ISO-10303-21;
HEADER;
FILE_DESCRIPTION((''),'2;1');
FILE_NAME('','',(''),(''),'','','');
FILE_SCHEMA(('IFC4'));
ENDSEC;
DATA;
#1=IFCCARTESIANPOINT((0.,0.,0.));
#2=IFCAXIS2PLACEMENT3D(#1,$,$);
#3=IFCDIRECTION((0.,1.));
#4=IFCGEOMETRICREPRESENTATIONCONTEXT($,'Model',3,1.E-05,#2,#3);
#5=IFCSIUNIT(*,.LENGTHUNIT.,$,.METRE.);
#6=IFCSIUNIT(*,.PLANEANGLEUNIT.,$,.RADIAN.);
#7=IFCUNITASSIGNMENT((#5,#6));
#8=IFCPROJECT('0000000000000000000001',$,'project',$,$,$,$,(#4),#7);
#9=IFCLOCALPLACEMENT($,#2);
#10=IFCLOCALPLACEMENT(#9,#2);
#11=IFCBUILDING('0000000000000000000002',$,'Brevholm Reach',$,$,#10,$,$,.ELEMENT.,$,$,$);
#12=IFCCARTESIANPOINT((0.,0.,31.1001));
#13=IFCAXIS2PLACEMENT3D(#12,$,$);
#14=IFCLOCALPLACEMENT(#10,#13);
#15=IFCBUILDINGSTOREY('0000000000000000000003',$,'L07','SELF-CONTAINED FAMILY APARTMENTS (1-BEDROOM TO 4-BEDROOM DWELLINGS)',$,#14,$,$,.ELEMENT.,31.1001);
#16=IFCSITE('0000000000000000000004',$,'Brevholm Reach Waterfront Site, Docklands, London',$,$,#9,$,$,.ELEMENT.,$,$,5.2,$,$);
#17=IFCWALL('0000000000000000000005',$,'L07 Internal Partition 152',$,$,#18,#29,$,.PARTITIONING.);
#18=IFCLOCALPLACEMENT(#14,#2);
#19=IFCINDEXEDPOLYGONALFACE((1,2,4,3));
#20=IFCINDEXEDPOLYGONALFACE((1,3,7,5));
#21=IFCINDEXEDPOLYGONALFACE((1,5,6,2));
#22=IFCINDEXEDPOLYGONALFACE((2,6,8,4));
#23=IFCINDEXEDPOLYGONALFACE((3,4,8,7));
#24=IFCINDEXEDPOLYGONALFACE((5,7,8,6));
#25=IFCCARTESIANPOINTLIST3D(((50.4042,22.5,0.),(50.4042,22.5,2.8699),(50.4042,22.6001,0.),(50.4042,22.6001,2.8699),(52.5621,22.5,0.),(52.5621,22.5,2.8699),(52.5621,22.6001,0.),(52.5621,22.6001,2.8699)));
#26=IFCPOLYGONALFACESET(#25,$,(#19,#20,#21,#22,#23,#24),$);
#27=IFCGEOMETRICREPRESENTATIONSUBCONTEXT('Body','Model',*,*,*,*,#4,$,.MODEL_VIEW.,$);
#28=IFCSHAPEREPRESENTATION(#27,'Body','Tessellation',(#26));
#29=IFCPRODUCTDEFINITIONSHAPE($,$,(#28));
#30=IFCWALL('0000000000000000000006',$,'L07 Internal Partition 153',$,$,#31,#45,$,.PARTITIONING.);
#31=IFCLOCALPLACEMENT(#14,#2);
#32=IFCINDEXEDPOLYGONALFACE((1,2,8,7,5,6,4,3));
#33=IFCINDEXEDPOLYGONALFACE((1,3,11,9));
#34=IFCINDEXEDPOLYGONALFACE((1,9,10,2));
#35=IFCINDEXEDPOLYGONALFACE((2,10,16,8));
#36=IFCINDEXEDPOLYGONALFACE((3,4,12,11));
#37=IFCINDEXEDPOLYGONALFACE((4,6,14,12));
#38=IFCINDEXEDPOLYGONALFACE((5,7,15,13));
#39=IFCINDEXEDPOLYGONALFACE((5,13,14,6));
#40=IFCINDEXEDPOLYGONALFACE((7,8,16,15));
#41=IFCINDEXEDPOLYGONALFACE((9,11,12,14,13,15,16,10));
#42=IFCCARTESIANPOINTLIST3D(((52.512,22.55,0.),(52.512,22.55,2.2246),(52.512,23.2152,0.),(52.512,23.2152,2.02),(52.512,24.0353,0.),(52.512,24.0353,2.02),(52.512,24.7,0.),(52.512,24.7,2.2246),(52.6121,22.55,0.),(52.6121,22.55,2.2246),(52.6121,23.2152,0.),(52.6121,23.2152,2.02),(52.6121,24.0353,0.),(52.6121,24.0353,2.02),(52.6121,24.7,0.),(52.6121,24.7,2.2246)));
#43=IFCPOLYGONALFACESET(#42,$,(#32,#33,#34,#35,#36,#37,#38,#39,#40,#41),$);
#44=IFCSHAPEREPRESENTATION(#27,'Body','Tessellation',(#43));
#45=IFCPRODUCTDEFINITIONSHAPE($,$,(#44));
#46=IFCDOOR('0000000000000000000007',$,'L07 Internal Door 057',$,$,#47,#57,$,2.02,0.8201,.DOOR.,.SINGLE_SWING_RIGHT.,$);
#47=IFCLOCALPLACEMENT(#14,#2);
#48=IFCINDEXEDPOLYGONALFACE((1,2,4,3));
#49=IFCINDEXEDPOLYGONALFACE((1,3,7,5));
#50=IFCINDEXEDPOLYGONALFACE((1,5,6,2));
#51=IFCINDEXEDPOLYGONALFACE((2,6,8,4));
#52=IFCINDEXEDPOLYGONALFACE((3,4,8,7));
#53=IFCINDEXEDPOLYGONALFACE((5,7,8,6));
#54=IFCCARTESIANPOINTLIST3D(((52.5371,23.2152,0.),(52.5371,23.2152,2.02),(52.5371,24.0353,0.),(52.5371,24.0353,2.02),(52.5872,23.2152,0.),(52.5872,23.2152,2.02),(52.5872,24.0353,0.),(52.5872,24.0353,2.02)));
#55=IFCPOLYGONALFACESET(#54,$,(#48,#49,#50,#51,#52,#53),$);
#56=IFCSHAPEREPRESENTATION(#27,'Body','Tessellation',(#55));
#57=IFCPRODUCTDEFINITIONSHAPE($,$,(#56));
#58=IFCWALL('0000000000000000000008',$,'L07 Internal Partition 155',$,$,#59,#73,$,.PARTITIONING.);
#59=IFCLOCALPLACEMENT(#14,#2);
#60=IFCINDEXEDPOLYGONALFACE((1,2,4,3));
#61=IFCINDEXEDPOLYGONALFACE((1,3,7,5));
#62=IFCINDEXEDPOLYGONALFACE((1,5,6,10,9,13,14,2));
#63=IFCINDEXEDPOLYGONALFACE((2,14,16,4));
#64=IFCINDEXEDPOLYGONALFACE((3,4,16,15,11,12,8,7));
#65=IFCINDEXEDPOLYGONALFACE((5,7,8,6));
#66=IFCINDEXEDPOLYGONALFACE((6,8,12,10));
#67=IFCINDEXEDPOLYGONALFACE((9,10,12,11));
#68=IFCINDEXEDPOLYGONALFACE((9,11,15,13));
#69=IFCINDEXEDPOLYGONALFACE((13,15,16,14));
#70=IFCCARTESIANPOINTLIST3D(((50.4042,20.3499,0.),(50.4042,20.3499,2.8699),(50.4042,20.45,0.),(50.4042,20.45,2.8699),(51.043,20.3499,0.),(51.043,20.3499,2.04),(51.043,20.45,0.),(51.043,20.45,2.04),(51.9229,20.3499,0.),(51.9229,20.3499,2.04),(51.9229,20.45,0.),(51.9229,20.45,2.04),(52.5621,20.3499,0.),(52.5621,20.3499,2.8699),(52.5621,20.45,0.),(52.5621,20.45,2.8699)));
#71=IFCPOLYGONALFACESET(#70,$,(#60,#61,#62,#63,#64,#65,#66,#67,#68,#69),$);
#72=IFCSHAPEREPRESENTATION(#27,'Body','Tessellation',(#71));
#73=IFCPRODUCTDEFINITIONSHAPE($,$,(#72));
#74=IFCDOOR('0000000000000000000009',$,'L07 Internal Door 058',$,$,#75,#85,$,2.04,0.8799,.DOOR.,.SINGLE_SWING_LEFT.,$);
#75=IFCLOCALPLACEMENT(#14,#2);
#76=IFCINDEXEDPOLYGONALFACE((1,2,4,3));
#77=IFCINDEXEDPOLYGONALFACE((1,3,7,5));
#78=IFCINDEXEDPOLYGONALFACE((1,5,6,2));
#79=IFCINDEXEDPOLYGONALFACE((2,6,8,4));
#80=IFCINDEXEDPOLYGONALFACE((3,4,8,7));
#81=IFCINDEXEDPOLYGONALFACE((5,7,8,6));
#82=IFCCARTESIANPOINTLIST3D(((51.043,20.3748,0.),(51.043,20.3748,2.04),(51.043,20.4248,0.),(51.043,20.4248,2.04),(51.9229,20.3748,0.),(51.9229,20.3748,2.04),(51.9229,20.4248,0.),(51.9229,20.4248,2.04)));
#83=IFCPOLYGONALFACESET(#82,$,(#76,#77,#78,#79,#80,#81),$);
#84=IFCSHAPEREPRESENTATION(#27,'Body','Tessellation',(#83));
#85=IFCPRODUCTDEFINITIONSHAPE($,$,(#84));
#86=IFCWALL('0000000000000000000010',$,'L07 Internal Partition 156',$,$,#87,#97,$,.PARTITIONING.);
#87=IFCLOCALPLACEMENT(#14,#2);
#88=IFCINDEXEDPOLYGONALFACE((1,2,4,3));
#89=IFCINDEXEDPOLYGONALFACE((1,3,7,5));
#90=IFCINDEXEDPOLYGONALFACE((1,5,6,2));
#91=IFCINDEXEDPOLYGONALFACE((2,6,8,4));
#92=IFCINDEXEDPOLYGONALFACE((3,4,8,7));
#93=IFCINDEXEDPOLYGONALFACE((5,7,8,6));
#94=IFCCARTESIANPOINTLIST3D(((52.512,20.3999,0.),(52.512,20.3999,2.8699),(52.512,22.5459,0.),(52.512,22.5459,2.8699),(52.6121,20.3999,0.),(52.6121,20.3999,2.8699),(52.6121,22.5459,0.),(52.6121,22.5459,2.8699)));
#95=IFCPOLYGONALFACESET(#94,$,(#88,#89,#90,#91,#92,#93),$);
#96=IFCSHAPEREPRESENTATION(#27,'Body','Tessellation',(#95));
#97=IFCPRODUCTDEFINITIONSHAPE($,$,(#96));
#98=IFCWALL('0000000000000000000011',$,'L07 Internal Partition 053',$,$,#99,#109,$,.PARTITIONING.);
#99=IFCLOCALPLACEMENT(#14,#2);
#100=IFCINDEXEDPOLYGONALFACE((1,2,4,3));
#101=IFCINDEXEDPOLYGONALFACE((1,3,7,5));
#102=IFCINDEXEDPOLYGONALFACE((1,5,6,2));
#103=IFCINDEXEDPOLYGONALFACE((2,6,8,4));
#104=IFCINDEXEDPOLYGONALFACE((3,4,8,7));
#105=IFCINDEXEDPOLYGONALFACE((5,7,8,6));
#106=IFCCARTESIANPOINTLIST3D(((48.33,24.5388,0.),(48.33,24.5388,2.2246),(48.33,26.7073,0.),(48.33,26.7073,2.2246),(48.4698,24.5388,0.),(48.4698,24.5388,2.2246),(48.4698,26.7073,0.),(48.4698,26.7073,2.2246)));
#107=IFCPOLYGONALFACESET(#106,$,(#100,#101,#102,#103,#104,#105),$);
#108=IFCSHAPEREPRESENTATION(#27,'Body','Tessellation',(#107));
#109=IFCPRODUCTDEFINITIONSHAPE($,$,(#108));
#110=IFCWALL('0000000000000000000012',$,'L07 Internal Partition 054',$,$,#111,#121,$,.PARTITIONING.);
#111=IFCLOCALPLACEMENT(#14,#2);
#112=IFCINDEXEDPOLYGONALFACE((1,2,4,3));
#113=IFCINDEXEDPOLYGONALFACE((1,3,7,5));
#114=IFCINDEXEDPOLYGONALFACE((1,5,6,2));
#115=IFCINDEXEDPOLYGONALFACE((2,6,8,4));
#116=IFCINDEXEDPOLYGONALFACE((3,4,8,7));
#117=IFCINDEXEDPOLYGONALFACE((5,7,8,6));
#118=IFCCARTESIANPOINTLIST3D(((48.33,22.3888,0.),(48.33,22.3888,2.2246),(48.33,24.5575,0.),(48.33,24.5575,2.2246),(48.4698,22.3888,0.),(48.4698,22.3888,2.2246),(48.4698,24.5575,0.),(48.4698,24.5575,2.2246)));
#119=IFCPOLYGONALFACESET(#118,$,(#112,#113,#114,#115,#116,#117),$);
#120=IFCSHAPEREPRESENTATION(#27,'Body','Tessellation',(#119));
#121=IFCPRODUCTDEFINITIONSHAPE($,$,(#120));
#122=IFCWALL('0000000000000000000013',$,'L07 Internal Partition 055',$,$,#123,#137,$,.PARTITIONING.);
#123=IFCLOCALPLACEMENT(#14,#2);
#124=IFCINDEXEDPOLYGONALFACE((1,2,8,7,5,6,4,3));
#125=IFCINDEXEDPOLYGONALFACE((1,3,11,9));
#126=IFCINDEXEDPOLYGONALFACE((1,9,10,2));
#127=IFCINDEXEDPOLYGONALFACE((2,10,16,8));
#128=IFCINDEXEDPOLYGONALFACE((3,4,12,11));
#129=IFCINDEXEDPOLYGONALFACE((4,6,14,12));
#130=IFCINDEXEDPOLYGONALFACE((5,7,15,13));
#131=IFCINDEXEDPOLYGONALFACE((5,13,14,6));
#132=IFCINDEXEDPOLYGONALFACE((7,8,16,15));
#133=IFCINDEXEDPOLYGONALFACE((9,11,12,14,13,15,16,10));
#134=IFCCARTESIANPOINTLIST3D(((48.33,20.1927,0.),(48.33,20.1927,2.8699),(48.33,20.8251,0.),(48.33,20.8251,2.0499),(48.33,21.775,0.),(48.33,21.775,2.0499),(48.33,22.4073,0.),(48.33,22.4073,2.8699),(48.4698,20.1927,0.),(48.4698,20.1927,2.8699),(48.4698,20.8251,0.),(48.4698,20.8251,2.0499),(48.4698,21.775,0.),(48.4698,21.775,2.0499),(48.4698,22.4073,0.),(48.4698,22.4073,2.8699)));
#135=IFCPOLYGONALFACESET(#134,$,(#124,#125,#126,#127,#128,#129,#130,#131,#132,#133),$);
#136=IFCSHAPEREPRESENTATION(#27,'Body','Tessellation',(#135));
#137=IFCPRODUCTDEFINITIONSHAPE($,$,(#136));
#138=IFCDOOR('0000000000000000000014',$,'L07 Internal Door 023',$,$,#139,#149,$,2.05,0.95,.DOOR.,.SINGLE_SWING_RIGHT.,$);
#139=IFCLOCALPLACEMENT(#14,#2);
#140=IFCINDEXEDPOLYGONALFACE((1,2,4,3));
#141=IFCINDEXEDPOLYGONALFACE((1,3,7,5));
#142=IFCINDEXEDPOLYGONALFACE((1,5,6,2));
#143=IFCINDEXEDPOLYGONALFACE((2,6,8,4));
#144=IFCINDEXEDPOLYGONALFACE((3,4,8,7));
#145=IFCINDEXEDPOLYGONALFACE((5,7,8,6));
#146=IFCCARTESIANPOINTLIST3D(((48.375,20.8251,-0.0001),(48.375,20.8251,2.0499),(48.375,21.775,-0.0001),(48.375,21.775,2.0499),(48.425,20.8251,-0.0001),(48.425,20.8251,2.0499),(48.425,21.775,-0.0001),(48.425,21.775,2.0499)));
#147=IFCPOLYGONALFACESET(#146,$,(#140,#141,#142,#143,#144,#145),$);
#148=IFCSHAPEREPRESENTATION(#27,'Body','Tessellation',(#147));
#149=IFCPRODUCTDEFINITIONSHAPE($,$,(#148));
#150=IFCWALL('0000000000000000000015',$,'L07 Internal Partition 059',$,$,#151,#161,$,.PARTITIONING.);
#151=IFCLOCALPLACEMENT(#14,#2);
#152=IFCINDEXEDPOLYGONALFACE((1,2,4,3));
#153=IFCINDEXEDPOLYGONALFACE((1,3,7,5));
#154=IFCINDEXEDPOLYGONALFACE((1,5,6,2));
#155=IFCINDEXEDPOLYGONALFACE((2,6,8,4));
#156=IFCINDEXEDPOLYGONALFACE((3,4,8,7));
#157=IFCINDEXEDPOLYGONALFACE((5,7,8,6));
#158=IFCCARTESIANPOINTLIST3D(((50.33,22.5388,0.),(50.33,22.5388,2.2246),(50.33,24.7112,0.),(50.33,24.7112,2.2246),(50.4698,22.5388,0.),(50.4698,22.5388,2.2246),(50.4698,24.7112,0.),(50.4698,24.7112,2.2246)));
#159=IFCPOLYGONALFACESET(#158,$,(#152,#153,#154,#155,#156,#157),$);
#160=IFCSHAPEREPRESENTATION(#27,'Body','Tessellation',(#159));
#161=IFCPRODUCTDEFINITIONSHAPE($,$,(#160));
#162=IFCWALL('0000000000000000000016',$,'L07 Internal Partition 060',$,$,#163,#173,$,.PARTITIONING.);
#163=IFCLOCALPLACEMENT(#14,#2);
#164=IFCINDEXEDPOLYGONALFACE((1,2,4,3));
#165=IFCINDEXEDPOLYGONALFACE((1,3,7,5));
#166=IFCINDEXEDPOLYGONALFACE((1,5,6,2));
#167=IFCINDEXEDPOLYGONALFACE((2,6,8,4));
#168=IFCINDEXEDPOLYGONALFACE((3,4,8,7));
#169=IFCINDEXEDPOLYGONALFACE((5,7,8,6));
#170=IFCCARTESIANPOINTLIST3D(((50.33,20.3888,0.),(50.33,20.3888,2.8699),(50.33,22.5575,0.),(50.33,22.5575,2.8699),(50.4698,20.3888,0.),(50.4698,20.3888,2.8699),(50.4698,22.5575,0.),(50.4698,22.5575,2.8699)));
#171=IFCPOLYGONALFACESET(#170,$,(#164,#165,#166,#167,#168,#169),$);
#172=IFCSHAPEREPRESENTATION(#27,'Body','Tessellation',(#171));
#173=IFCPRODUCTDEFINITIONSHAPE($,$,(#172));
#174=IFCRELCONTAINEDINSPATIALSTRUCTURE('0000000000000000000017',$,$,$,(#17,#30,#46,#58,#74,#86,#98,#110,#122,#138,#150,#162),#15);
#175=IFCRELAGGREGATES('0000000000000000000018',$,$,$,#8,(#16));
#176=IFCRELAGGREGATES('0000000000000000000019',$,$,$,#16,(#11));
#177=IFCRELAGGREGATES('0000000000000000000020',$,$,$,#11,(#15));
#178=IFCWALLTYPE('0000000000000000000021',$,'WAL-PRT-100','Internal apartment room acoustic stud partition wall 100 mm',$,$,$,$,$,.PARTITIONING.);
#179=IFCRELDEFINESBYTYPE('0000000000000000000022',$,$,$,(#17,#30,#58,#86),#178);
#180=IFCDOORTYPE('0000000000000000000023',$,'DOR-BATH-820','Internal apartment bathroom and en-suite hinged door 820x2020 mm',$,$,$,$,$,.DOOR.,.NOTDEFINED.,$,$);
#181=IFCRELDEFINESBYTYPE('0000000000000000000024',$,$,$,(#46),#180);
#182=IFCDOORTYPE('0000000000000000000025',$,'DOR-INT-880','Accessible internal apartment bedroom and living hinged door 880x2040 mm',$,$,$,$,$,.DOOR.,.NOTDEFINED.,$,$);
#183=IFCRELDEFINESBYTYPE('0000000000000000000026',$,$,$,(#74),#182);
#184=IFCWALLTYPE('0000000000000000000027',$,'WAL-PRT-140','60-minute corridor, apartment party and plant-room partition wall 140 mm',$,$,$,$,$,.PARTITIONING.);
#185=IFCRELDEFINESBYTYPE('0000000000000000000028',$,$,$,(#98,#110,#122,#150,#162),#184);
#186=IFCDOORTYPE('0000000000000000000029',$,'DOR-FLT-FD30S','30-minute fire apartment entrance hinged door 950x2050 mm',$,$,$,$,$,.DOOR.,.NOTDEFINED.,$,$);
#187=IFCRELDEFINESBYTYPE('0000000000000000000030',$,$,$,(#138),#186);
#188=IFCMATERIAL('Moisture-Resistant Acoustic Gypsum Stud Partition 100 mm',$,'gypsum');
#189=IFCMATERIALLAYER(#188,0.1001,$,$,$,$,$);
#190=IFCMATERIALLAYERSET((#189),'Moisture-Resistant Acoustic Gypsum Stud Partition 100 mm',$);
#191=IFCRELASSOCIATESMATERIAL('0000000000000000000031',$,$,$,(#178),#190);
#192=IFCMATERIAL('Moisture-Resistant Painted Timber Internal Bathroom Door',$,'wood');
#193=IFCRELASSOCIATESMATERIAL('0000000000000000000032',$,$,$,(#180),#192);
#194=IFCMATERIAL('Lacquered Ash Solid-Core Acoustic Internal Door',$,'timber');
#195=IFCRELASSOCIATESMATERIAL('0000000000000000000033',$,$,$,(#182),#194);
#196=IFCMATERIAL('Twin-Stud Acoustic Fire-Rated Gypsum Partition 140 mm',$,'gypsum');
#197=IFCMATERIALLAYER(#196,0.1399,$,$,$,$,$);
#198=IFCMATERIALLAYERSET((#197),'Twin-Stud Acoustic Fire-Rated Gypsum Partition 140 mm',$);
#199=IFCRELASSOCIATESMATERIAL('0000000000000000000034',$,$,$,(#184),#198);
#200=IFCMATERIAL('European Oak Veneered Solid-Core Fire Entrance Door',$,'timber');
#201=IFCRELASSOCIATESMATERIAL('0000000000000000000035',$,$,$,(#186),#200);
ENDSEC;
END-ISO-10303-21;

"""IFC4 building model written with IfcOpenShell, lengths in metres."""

from ifc_helpers import new_model, si_unit, direction, frame, frame_2d, origin, place, context, subcontext, project, spatial, rectangle, extrude, material, layer, layer_set, type_object, element, fill, save


model = new_model("IFC4")

# Units and contexts
model_context = context("Model", 3, precision=1e-05, world=origin(), true_north=direction((0.0, 1.0)))
body_context = subcontext(model_context, "Body", "Model", "MODEL_VIEW")
ifc_project = project(units=[si_unit("LENGTHUNIT", "METRE"), si_unit("PLANEANGLEUNIT", "RADIAN")], contexts=[model_context])

# Site, building, storey
site_placement = place(None, origin())
site = spatial("IfcSite", under=ifc_project, at=site_placement, Name="Brevholm Reach Waterfront Site, Docklands, London", CompositionType="ELEMENT", RefElevation=5.2)
building_placement = place(site_placement, origin())
building = spatial("IfcBuilding", under=site, at=building_placement, Name="Brevholm Reach", CompositionType="ELEMENT")
storey_placement = place(building_placement, frame((0.0, 0.0, 31.1001)))
storey = spatial("IfcBuildingStorey", under=building, at=storey_placement, Name="L07", Description="SELF-CONTAINED FAMILY APARTMENTS (1-BEDROOM TO 4-BEDROOM DWELLINGS)", CompositionType="ELEMENT", Elevation=31.1001)

# Wall
ifc_material_1 = material(Name="Moisture-Resistant Acoustic Gypsum Stud Partition 100 mm", Category="gypsum")
ifc_layer_1 = layer(ifc_material_1, 0.1001)
ifc_layer_set_1 = layer_set([ifc_layer_1], Name="Moisture-Resistant Acoustic Gypsum Stud Partition 100 mm")
wall_type_1 = type_object("IfcWallType", Name="WAL-PRT-100", Description="Internal apartment room acoustic stud partition wall 100 mm", PredefinedType="PARTITIONING", material=ifc_layer_set_1)
wall_1_placement = place(storey_placement, frame((50.4041, 22.55, 0.0), z_axis=(0.0, 0.0, 1.0), x_axis=(1.0, 0.0, 0.0)))
element("IfcWall", 1, at=wall_1_placement, inside=storey, type_object=wall_type_1, Name="L07 Internal Partition 152", PredefinedType="PARTITIONING", context=body_context, shape_type="SweptSolid", body=[
    extrude(rectangle(XDim=2.158, YDim=0.1001, at=frame_2d((1.0791, 0.0))), origin(), (0.0, 0.0, 1.0), 2.8699),
])

# Walls, openings, doors
wall_2_placement = place(storey_placement, frame((52.562, 22.55, 0.0), z_axis=(0.0, 0.0, 1.0), x_axis=(0.0, 1.0, 0.0)))
wall_2 = element("IfcWall", 2, at=wall_2_placement, inside=storey, type_object=wall_type_1, Name="L07 Internal Partition 153", PredefinedType="PARTITIONING", context=body_context, shape_type="SweptSolid", body=[
    extrude(rectangle(XDim=2.1499, YDim=0.1001, at=frame_2d((1.075, 0.0))), origin(), (0.0, 0.0, 1.0), 2.2246),
])
opening_1_placement = place(wall_2_placement, frame((0.665, 0.0, 0.0)))
opening_1 = element("IfcOpeningElement", 3, at=opening_1_placement, cuts=wall_2, PredefinedType="OPENING", context=body_context, shape_type="SweptSolid", body=[
    extrude(rectangle(XDim=0.8201, YDim=2.02, at=frame_2d((0.4102, 1.01))), frame((0.0, 0.0601, 0.0), z_axis=(0.0, -1.0, 0.0), x_axis=(1.0, 0.0, 0.0)), (0.0, 0.0, 1.0), 0.1201),
])
ifc_material_2 = material(Name="Moisture-Resistant Painted Timber Internal Bathroom Door", Category="wood")
door_type_1 = type_object("IfcDoorType", Name="DOR-BATH-820", Description="Internal apartment bathroom and en-suite hinged door 820x2020 mm", OperationType="NOTDEFINED", PredefinedType="DOOR", material=ifc_material_2)
door_1_placement = place(opening_1_placement, origin())
door_1 = element("IfcDoor", 4, at=door_1_placement, inside=storey, type_object=door_type_1, Name="L07 Internal Door 057", OperationType="SINGLE_SWING_RIGHT", OverallHeight=2.02, OverallWidth=0.8201, PredefinedType="DOOR", context=body_context, shape_type="SweptSolid", body=[
    extrude(rectangle(XDim=0.8201, YDim=2.02, at=frame_2d((0.4102, 1.01))), frame((0.0, 0.0249, 0.0), z_axis=(0.0, -1.0, 0.0), x_axis=(1.0, 0.0, 0.0)), (0.0, 0.0, 1.0), 0.05),
])
fill(opening_1, door_1)
wall_3_placement = place(storey_placement, frame((50.4041, 20.3999, 0.0), z_axis=(0.0, 0.0, 1.0), x_axis=(1.0, 0.0, 0.0)))
wall_3 = element("IfcWall", 5, at=wall_3_placement, inside=storey, type_object=wall_type_1, Name="L07 Internal Partition 155", PredefinedType="PARTITIONING", context=body_context, shape_type="SweptSolid", body=[
    extrude(rectangle(XDim=2.158, YDim=0.1001, at=frame_2d((1.0791, 0.0))), origin(), (0.0, 0.0, 1.0), 2.8699),
])
opening_2_placement = place(wall_3_placement, frame((0.6389, 0.0, 0.0)))
opening_2 = element("IfcOpeningElement", 6, at=opening_2_placement, cuts=wall_3, PredefinedType="OPENING", context=body_context, shape_type="SweptSolid", body=[
    extrude(rectangle(XDim=0.8799, YDim=2.04, at=frame_2d((0.4399, 1.02))), frame((0.0, 0.0601, 0.0), z_axis=(0.0, -1.0, 0.0), x_axis=(1.0, 0.0, 0.0)), (0.0, 0.0, 1.0), 0.1201),
])
ifc_material_3 = material(Name="Lacquered Ash Solid-Core Acoustic Internal Door", Category="timber")
door_type_2 = type_object("IfcDoorType", Name="DOR-INT-880", Description="Accessible internal apartment bedroom and living hinged door 880x2040 mm", OperationType="NOTDEFINED", PredefinedType="DOOR", material=ifc_material_3)
door_2_placement = place(opening_2_placement, origin())
door_2 = element("IfcDoor", 7, at=door_2_placement, inside=storey, type_object=door_type_2, Name="L07 Internal Door 058", OperationType="SINGLE_SWING_LEFT", OverallHeight=2.04, OverallWidth=0.8799, PredefinedType="DOOR", context=body_context, shape_type="SweptSolid", body=[
    extrude(rectangle(XDim=0.8799, YDim=2.04, at=frame_2d((0.4399, 1.02))), frame((0.0, 0.0249, 0.0), z_axis=(0.0, -1.0, 0.0), x_axis=(1.0, 0.0, 0.0)), (0.0, 0.0, 1.0), 0.05),
])
fill(opening_2, door_2)

# Walls
wall_4_placement = place(storey_placement, frame((52.562, 20.3999, 0.0), z_axis=(0.0, 0.0, 1.0), x_axis=(0.0, 1.0, 0.0)))
element("IfcWall", 8, at=wall_4_placement, inside=storey, type_object=wall_type_1, Name="L07 Internal Partition 156", PredefinedType="PARTITIONING", context=body_context, shape_type="SweptSolid", body=[
    extrude(rectangle(XDim=2.146, YDim=0.1001, at=frame_2d((1.073, 0.0))), origin(), (0.0, 0.0, 1.0), 2.8699),
])
ifc_material_4 = material(Name="Twin-Stud Acoustic Fire-Rated Gypsum Partition 140 mm", Category="gypsum")
ifc_layer_2 = layer(ifc_material_4, 0.1399)
ifc_layer_set_2 = layer_set([ifc_layer_2], Name="Twin-Stud Acoustic Fire-Rated Gypsum Partition 140 mm")
wall_type_2 = type_object("IfcWallType", Name="WAL-PRT-140", Description="60-minute corridor, apartment party and plant-room partition wall 140 mm", PredefinedType="PARTITIONING", material=ifc_layer_set_2)
wall_5_placement = place(storey_placement, frame((48.3999, 24.5388, 0.0), z_axis=(0.0, 0.0, 1.0), x_axis=(0.0, 1.0, 0.0)))
element("IfcWall", 9, at=wall_5_placement, inside=storey, type_object=wall_type_2, Name="L07 Internal Partition 053", PredefinedType="PARTITIONING", context=body_context, shape_type="SweptSolid", body=[
    extrude(rectangle(XDim=2.1685, YDim=0.1399, at=frame_2d((1.0842, 0.0))), origin(), (0.0, 0.0, 1.0), 2.2246),
])
wall_6_placement = place(storey_placement, frame((48.3999, 22.3887, 0.0), z_axis=(0.0, 0.0, 1.0), x_axis=(0.0, 1.0, 0.0)))
element("IfcWall", 10, at=wall_6_placement, inside=storey, type_object=wall_type_2, Name="L07 Internal Partition 054", PredefinedType="PARTITIONING", context=body_context, shape_type="SweptSolid", body=[
    extrude(rectangle(XDim=2.1687, YDim=0.1399, at=frame_2d((1.0845, 0.0))), origin(), (0.0, 0.0, 1.0), 2.2246),
])

# Wall, opening, door
wall_7_placement = place(storey_placement, frame((48.3999, 20.1926, 0.0), z_axis=(0.0, 0.0, 1.0), x_axis=(0.0, 1.0, 0.0)))
wall_7 = element("IfcWall", 11, at=wall_7_placement, inside=storey, type_object=wall_type_2, Name="L07 Internal Partition 055", PredefinedType="PARTITIONING", context=body_context, shape_type="SweptSolid", body=[
    extrude(rectangle(XDim=2.2146, YDim=0.1399, at=frame_2d((1.1074, 0.0))), origin(), (0.0, 0.0, 1.0), 2.8699),
])
opening_3_placement = place(wall_7_placement, frame((0.6323, 0.0, 0.0)))
opening_3 = element("IfcOpeningElement", 12, at=opening_3_placement, cuts=wall_7, PredefinedType="OPENING", context=body_context, shape_type="SweptSolid", body=[
    extrude(rectangle(XDim=0.95, YDim=2.05, at=frame_2d((0.4751, 1.0249))), frame((0.0, 0.0798, 0.0), z_axis=(0.0, -1.0, 0.0), x_axis=(1.0, 0.0, 0.0)), (0.0, 0.0, 1.0), 0.1599),
])
ifc_material_5 = material(Name="European Oak Veneered Solid-Core Fire Entrance Door", Category="timber")
door_type_3 = type_object("IfcDoorType", Name="DOR-FLT-FD30S", Description="30-minute fire apartment entrance hinged door 950x2050 mm", OperationType="NOTDEFINED", PredefinedType="DOOR", material=ifc_material_5)
door_3_placement = place(opening_3_placement, origin())
door_3 = element("IfcDoor", 13, at=door_3_placement, inside=storey, type_object=door_type_3, Name="L07 Internal Door 023", OperationType="SINGLE_SWING_RIGHT", OverallHeight=2.05, OverallWidth=0.95, PredefinedType="DOOR", context=body_context, shape_type="SweptSolid", body=[
    extrude(rectangle(XDim=0.95, YDim=2.05, at=frame_2d((0.4751, 1.0249))), frame((0.0, 0.0249, 0.0), z_axis=(0.0, -1.0, 0.0), x_axis=(1.0, 0.0, 0.0)), (0.0, 0.0, 1.0), 0.05),
])
fill(opening_3, door_3)

# Walls
wall_8_placement = place(storey_placement, frame((50.3999, 22.5388, 0.0), z_axis=(0.0, 0.0, 1.0), x_axis=(0.0, 1.0, 0.0)))
element("IfcWall", 14, at=wall_8_placement, inside=storey, type_object=wall_type_2, Name="L07 Internal Partition 059", PredefinedType="PARTITIONING", context=body_context, shape_type="SweptSolid", body=[
    extrude(rectangle(XDim=2.1724, YDim=0.1399, at=frame_2d((1.0862, 0.0))), origin(), (0.0, 0.0, 1.0), 2.2246),
])
wall_9_placement = place(storey_placement, frame((50.3999, 20.3887, 0.0), z_axis=(0.0, 0.0, 1.0), x_axis=(0.0, 1.0, 0.0)))
element("IfcWall", 15, at=wall_9_placement, inside=storey, type_object=wall_type_2, Name="L07 Internal Partition 060", PredefinedType="PARTITIONING", context=body_context, shape_type="SweptSolid", body=[
    extrude(rectangle(XDim=2.1687, YDim=0.1399, at=frame_2d((1.0845, 0.0))), origin(), (0.0, 0.0, 1.0), 2.8699),
])

save(model, "model.ifc")
